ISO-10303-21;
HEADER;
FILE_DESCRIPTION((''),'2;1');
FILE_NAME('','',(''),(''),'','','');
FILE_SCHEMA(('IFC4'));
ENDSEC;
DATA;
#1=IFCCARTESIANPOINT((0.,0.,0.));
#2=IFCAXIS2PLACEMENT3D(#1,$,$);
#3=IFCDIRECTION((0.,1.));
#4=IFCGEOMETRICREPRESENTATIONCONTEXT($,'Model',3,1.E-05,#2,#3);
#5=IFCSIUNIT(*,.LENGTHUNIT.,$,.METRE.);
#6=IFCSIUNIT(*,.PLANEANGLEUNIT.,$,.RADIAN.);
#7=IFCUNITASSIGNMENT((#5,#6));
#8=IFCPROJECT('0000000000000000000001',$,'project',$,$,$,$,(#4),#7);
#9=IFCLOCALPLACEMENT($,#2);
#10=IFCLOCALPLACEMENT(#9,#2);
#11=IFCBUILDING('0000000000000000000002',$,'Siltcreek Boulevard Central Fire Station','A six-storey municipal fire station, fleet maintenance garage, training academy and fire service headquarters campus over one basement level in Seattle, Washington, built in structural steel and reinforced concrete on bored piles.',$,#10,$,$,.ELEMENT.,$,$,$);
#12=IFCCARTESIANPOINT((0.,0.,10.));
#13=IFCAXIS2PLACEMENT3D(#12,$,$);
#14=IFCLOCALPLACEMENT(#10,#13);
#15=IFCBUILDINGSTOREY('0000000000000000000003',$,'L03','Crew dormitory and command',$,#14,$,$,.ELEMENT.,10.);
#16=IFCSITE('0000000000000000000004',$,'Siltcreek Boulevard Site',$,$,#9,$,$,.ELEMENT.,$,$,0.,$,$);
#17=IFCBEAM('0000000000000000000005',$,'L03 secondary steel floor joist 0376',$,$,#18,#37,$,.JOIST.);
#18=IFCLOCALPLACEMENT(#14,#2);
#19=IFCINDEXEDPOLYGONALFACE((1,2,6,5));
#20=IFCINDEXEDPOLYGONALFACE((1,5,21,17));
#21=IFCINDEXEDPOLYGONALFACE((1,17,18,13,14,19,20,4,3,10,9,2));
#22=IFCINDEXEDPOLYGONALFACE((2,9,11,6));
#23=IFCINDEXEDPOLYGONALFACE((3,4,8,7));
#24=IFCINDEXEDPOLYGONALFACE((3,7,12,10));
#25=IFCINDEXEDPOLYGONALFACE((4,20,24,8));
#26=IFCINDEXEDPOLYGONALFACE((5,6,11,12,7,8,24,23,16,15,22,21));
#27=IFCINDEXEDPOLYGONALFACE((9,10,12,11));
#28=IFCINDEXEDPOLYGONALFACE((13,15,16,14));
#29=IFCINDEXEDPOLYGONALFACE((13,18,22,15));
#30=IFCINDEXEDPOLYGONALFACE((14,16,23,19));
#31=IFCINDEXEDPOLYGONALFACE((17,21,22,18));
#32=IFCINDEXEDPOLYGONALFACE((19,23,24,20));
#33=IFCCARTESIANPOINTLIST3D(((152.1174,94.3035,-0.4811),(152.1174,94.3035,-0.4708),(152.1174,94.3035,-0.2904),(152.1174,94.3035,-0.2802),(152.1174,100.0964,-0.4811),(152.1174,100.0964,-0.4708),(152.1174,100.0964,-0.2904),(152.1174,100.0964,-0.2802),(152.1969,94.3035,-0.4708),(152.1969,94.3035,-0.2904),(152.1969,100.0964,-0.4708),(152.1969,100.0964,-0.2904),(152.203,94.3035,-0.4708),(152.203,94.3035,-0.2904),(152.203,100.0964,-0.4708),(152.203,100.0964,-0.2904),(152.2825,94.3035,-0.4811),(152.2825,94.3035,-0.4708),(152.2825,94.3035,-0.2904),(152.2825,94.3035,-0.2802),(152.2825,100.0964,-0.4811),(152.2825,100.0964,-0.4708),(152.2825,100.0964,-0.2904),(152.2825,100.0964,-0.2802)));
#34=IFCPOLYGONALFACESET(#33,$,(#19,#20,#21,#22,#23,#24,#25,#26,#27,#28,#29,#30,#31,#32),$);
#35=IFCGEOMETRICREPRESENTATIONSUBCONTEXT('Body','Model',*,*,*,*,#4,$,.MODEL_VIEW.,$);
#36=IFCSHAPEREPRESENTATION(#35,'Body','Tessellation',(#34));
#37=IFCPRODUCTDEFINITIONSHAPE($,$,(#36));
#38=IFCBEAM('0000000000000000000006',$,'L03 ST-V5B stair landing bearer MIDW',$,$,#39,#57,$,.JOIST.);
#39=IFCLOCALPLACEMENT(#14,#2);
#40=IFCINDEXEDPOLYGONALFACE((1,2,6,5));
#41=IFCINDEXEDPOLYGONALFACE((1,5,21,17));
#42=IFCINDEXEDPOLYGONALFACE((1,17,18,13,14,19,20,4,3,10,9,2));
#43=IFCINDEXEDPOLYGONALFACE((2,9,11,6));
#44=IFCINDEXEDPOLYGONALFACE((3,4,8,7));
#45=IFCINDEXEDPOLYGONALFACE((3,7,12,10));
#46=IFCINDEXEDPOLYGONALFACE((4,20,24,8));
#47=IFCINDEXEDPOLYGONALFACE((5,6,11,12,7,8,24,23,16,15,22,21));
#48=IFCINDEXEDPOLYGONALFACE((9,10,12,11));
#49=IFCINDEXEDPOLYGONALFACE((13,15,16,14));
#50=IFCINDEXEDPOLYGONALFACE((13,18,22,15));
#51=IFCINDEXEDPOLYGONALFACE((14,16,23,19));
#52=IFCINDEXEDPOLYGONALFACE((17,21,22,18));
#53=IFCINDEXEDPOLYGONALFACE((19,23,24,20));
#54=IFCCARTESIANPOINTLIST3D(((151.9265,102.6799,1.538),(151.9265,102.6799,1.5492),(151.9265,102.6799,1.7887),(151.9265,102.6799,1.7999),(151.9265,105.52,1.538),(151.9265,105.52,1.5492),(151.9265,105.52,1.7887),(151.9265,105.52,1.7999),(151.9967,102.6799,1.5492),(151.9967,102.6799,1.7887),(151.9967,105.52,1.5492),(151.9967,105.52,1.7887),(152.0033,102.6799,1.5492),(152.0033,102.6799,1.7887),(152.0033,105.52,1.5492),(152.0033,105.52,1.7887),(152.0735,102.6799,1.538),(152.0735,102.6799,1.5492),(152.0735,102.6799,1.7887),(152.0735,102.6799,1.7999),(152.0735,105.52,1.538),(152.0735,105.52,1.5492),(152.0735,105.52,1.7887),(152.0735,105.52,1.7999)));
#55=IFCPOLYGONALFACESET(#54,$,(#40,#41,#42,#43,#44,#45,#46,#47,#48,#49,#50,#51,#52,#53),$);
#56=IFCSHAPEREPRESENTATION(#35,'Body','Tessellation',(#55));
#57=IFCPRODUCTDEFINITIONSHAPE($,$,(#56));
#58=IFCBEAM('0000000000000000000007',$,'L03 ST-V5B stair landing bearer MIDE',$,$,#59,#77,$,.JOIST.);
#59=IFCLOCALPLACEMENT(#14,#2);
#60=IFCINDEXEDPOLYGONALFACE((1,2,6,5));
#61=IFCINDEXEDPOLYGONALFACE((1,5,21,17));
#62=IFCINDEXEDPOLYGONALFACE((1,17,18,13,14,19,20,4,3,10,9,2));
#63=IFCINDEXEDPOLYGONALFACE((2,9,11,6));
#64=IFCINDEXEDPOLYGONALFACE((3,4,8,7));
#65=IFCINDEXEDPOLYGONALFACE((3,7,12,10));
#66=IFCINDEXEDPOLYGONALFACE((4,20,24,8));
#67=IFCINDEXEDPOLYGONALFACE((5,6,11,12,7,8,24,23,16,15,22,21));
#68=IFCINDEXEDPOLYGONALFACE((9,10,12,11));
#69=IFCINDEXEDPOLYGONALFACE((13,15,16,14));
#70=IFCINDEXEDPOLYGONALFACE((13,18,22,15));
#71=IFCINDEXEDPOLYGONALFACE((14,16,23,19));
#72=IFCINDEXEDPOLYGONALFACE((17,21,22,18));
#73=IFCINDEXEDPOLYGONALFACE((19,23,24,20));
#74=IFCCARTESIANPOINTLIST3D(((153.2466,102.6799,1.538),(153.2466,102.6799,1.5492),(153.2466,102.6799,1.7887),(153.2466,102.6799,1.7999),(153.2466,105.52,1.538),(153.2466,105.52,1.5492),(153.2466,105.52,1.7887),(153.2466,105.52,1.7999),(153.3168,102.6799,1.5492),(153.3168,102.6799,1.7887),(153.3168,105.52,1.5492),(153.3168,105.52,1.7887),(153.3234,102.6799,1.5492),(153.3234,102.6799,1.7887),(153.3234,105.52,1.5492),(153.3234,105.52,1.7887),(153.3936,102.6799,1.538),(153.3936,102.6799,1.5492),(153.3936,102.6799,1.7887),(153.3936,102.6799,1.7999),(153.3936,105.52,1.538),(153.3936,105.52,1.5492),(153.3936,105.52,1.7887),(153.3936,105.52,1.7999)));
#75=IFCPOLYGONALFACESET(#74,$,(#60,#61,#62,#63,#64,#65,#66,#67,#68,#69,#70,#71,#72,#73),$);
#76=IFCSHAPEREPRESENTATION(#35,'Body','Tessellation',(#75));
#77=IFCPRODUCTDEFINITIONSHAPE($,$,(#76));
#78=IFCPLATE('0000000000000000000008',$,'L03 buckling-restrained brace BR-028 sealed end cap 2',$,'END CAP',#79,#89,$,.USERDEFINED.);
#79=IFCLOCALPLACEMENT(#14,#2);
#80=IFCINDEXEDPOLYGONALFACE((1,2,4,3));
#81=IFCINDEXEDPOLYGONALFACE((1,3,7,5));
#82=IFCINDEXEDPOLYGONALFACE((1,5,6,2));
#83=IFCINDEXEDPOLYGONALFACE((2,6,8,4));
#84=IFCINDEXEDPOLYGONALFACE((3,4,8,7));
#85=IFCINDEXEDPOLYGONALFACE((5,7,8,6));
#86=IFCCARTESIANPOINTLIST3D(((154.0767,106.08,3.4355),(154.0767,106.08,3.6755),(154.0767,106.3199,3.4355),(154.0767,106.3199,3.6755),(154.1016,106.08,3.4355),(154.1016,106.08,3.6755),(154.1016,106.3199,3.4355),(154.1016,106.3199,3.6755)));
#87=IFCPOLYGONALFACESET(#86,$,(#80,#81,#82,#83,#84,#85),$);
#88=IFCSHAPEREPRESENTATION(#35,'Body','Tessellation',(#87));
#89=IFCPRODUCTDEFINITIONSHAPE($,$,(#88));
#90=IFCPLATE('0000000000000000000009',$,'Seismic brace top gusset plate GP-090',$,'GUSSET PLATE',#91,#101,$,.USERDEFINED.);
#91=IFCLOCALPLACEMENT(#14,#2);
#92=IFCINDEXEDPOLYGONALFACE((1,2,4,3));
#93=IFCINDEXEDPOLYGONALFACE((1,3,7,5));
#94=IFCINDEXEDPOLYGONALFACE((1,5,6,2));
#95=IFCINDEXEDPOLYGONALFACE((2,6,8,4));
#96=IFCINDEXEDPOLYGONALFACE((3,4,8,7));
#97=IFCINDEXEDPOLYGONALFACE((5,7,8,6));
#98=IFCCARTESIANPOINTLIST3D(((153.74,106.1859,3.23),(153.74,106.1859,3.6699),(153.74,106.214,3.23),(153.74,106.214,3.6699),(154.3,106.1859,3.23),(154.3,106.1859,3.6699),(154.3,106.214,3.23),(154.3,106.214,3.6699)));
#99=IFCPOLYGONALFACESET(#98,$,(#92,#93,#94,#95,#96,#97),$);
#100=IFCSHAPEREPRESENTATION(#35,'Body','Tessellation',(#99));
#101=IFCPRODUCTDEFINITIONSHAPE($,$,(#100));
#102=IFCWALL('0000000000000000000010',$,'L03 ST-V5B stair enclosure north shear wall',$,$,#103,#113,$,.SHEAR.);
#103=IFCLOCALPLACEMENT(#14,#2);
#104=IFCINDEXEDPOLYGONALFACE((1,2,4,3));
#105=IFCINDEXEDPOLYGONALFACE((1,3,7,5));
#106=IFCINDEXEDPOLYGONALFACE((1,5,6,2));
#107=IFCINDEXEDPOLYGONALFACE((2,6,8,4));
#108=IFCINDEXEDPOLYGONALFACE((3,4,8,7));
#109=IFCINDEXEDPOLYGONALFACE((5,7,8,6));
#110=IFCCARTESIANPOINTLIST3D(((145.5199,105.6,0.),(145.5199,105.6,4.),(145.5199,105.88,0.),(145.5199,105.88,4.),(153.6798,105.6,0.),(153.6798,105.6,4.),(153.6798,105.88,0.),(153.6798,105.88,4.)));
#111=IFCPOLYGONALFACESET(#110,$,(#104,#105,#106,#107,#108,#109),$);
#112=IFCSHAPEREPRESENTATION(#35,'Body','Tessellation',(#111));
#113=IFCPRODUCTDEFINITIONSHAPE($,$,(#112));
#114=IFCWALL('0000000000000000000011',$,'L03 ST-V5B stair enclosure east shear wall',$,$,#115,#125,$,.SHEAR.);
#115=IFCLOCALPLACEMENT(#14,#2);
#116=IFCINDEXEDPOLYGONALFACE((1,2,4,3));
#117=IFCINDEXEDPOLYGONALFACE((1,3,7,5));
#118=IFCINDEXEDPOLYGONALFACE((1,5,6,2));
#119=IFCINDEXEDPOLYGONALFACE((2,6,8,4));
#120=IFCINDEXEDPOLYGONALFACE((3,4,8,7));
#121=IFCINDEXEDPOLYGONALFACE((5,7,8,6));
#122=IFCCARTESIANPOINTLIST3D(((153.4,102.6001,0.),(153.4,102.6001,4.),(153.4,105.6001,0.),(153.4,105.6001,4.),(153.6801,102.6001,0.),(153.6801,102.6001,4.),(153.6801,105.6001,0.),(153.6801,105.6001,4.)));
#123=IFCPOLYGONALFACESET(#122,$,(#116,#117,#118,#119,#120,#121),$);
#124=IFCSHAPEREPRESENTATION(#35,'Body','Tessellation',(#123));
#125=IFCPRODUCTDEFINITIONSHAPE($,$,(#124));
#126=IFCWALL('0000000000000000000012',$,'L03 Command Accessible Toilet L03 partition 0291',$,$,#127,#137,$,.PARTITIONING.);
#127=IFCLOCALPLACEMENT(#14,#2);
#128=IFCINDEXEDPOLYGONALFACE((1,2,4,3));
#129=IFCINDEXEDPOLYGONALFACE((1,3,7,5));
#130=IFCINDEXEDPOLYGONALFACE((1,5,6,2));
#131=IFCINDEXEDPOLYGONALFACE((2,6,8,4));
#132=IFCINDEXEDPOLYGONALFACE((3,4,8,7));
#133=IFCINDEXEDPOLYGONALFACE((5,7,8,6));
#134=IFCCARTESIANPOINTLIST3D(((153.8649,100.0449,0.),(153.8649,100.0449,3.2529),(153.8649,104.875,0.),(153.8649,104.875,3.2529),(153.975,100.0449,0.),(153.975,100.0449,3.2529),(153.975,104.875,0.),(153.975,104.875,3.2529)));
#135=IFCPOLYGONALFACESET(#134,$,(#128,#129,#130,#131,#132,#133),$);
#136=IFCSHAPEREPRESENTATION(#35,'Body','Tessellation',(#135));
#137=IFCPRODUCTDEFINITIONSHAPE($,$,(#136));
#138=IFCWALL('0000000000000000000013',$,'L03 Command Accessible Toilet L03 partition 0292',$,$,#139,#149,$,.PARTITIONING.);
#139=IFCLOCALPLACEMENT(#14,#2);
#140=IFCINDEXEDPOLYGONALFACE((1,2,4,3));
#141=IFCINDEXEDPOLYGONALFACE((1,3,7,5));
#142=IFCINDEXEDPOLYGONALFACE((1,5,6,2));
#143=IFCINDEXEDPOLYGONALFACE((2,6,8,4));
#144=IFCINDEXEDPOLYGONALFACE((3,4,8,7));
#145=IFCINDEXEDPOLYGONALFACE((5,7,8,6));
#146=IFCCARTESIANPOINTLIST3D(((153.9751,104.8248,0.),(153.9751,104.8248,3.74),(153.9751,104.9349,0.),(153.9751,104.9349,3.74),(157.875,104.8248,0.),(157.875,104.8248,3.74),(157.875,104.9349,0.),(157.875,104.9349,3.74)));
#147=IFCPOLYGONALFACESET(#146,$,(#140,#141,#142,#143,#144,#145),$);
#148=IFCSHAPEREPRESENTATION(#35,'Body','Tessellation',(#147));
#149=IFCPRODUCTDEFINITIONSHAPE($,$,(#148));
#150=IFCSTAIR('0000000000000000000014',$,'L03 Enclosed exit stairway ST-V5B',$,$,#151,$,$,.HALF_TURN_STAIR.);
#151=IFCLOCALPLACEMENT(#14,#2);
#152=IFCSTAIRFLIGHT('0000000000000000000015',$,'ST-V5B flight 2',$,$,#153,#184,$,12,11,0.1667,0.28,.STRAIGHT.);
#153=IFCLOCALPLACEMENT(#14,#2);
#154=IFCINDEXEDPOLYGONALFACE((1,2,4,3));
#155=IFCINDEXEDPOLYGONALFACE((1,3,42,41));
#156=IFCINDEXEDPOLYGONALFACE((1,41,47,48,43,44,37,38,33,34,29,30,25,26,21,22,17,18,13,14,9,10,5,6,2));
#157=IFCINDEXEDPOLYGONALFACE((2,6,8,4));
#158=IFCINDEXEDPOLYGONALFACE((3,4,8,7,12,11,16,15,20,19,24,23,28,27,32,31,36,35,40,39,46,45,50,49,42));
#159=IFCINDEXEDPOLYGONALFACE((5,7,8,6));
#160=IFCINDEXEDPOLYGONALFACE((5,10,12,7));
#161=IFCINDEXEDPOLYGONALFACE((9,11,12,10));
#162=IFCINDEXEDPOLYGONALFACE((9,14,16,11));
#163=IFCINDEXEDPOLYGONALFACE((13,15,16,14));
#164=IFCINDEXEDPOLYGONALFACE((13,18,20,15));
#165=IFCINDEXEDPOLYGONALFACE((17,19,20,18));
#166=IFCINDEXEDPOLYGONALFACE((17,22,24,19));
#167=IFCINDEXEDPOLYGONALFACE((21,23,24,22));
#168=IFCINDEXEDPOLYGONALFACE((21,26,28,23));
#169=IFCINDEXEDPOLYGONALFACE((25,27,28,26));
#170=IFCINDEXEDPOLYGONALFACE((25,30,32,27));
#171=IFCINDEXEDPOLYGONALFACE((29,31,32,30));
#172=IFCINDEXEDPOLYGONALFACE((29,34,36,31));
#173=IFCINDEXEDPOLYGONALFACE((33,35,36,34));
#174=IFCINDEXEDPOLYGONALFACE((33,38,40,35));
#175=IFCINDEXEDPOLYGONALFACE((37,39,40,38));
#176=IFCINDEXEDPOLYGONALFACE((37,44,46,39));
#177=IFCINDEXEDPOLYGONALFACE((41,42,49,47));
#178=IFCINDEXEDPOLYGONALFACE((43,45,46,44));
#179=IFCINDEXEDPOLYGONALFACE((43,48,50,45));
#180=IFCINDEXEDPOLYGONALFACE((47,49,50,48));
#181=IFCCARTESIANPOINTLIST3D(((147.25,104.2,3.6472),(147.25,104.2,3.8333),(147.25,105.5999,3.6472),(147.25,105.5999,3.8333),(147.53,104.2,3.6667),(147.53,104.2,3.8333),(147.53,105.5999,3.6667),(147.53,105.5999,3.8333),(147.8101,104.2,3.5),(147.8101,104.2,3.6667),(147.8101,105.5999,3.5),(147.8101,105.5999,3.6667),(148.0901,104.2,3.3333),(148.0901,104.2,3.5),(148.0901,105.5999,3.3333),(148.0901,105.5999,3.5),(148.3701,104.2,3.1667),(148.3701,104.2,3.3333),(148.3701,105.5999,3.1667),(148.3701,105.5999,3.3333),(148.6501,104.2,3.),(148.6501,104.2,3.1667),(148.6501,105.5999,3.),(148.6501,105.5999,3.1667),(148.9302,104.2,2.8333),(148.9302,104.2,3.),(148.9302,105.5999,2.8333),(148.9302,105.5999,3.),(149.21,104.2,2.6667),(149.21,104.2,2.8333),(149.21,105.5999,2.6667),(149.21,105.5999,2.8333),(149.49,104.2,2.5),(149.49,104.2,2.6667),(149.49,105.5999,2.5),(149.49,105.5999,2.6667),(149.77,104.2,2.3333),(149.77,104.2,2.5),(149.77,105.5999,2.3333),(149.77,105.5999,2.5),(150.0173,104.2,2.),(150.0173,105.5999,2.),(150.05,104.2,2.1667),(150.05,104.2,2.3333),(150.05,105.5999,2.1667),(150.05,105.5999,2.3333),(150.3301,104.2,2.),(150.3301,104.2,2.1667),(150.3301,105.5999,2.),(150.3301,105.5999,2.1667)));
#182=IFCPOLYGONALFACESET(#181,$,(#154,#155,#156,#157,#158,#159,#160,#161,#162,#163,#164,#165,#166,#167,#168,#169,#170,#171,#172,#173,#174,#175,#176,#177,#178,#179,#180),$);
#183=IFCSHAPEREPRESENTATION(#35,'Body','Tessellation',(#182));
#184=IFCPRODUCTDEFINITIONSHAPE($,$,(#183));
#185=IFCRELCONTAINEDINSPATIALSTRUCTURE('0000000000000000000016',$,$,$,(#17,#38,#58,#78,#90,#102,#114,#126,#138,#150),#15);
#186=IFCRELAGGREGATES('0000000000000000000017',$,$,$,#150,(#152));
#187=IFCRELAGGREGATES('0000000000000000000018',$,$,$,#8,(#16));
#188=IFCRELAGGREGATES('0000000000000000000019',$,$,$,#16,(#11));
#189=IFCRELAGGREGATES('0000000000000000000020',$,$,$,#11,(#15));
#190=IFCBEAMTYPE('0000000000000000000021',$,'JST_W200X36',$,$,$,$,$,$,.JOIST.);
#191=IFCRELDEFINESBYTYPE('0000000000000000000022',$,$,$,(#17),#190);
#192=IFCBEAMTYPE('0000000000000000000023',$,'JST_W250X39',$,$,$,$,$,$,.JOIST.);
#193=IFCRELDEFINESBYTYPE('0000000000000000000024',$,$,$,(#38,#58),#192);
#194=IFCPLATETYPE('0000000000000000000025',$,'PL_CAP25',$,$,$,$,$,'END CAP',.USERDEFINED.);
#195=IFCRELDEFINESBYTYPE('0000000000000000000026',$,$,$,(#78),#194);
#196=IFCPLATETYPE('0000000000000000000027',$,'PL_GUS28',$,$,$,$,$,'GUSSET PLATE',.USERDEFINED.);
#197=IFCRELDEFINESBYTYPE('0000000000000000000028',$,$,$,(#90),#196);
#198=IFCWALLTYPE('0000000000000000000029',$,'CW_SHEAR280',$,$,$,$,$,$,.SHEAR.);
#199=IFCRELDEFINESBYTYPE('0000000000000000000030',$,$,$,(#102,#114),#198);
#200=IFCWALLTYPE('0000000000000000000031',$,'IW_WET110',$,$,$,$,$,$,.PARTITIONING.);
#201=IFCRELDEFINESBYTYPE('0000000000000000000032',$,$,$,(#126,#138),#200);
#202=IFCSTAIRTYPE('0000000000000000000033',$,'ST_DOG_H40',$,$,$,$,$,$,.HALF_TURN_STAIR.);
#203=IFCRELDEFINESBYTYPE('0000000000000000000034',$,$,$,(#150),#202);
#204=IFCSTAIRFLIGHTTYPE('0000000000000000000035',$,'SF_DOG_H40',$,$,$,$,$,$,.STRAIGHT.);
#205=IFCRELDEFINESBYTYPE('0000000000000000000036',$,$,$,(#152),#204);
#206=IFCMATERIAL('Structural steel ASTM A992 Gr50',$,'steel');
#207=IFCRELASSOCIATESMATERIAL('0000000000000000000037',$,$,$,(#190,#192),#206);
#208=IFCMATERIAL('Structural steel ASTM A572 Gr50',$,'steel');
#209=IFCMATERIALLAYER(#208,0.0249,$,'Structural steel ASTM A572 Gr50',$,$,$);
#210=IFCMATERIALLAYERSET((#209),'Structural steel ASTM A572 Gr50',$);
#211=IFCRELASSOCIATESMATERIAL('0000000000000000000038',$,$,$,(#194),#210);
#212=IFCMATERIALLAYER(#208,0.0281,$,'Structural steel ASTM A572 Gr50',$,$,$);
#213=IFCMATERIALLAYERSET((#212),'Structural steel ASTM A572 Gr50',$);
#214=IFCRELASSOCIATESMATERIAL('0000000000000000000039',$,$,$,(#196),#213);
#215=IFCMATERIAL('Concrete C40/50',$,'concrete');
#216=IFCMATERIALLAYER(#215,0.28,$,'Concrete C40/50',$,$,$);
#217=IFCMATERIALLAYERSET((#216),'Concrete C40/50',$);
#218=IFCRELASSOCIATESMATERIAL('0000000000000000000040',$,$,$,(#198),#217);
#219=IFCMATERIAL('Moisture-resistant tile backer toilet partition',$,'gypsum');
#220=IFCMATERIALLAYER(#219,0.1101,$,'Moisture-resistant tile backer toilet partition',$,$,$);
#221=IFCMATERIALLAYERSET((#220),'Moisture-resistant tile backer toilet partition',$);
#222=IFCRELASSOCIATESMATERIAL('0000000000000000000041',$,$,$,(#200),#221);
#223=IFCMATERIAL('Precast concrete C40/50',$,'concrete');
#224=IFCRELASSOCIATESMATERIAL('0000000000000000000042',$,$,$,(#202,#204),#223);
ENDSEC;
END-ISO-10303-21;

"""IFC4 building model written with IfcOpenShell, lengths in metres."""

from ifc_helpers import new_model, si_unit, direction, frame, frame_2d, origin, origin_2d, place, context, subcontext, project, spatial, polyline, rectangle, i_section, outline, extrude, material, layer, layer_set, material_profile, profile_set, type_object, element, aggregate, save


model = new_model("IFC4")

# Units and contexts
model_context = context("Model", 3, precision=1e-05, world=origin(), true_north=direction((0.0, 1.0)))
body_context = subcontext(model_context, "Body", "Model", "MODEL_VIEW")
ifc_project = project(units=[si_unit("LENGTHUNIT", "METRE"), si_unit("PLANEANGLEUNIT", "RADIAN")], contexts=[model_context])

# Site, building, storey
site_placement = place(None, origin())
site = spatial("IfcSite", under=ifc_project, at=site_placement, Name="Siltcreek Boulevard Site", CompositionType="ELEMENT", RefElevation=0.0)
building_placement = place(site_placement, origin())
building = spatial("IfcBuilding", under=site, at=building_placement, Name="Siltcreek Boulevard Central Fire Station", Description="A six-storey municipal fire station, fleet maintenance garage, training academy and fire service headquarters campus over one basement level in Seattle, Washington, built in structural steel and reinforced concrete on bored piles.", CompositionType="ELEMENT")
storey_placement = place(building_placement, frame((0.0, 0.0, 10.0)))
storey = spatial("IfcBuildingStorey", under=building, at=storey_placement, Name="L03", Description="Crew dormitory and command", CompositionType="ELEMENT", Elevation=10.0)

# Shared definitions
ifc_material_1 = material(Name="Structural steel ASTM A992 Gr50", Category="steel")

# Beams
ifc_material_profile_1 = material_profile(ifc_material_1, i_section(OverallWidth=0.165, OverallDepth=0.2009, WebThickness=0.0061, FlangeThickness=0.0103, at=origin_2d()), Name="W200X36")
ifc_profile_set_1 = profile_set([ifc_material_profile_1], Name="Structural steel ASTM A992 Gr50")
beam_type_1 = type_object("IfcBeamType", Name="JST_W200X36", PredefinedType="JOIST", material=ifc_profile_set_1)
beam_1_placement = place(storey_placement, frame((152.2, 94.3035, -0.3806), z_axis=(0.0, 1.0, 0.0), x_axis=(-1.0, 0.0, 0.0)))
element("IfcBeam", 1, at=beam_1_placement, inside=storey, type_object=beam_type_1, Name="L03 secondary steel floor joist 0376", PredefinedType="JOIST", context=body_context, shape_type="SweptSolid", body=[
    extrude(i_section(OverallWidth=0.165, OverallDepth=0.2009, WebThickness=0.0061, FlangeThickness=0.0103, at=origin_2d()), origin(), (0.0, 0.0, 1.0), 5.793),
])
ifc_material_profile_2 = material_profile(ifc_material_1, i_section(OverallWidth=0.147, OverallDepth=0.262, WebThickness=0.0066, FlangeThickness=0.0112, at=origin_2d()), Name="W250X39")
ifc_profile_set_2 = profile_set([ifc_material_profile_2], Name="Structural steel ASTM A992 Gr50")
beam_type_2 = type_object("IfcBeamType", Name="JST_W250X39", PredefinedType="JOIST", material=ifc_profile_set_2)
for number, where, z_axis, x_axis, name in (
    (2, (152.0, 102.6799, 1.6689), (0.0, 1.0, 0.0), (-1.0, 0.0, 0.0), "L03 ST-V5B stair landing bearer MIDW"),
    (3, (153.3201, 102.6799, 1.6689), (0.0, 1.0, 0.0), (-1.0, 0.0, 0.0), "L03 ST-V5B stair landing bearer MIDE"),
):
    element("IfcBeam", number, at=place(storey_placement, frame(where, z_axis=z_axis, x_axis=x_axis)), inside=storey, type_object=beam_type_2, Name=name, PredefinedType="JOIST", context=body_context, shape_type="SweptSolid", body=[
        extrude(i_section(OverallWidth=0.147, OverallDepth=0.262, WebThickness=0.0066, FlangeThickness=0.0112, at=origin_2d()), origin(), (0.0, 0.0, 1.0), 2.8401),
    ])

# Plates
ifc_material_2 = material(Name="Structural steel ASTM A572 Gr50", Category="steel")
ifc_layer_1 = layer(ifc_material_2, 0.0249, Name="Structural steel ASTM A572 Gr50")
ifc_layer_set_1 = layer_set([ifc_layer_1], Name="Structural steel ASTM A572 Gr50")
plate_type_1 = type_object("IfcPlateType", Name="PL_CAP25", ElementType="END CAP", PredefinedType="USERDEFINED", material=ifc_layer_set_1)
plate_1_placement = place(storey_placement, frame((154.0891, 106.2, 3.4355), z_axis=(0.0, 0.0, 1.0), x_axis=(1.0, 0.0, 0.0)))
element("IfcPlate", 4, at=plate_1_placement, inside=storey, type_object=plate_type_1, Name="L03 buckling-restrained brace BR-028 sealed end cap 2", ObjectType="END CAP", PredefinedType="USERDEFINED", context=body_context, shape_type="SweptSolid", body=[
    extrude(rectangle(XDim=0.0249, YDim=0.24, at=origin_2d()), origin(), (0.0, 0.0, 1.0), 0.24),
])
ifc_layer_2 = layer(ifc_material_2, 0.0281, Name="Structural steel ASTM A572 Gr50")
ifc_layer_set_2 = layer_set([ifc_layer_2], Name="Structural steel ASTM A572 Gr50")
plate_type_2 = type_object("IfcPlateType", Name="PL_GUS28", ElementType="GUSSET PLATE", PredefinedType="USERDEFINED", material=ifc_layer_set_2)
plate_2_placement = place(storey_placement, frame((154.02, 106.2, 3.23), z_axis=(0.0, 0.0, 1.0), x_axis=(1.0, 0.0, 0.0)))
element("IfcPlate", 5, at=plate_2_placement, inside=storey, type_object=plate_type_2, Name="Seismic brace top gusset plate GP-090", ObjectType="GUSSET PLATE", PredefinedType="USERDEFINED", context=body_context, shape_type="SweptSolid", body=[
    extrude(rectangle(XDim=0.5601, YDim=0.0281, at=origin_2d()), origin(), (0.0, 0.0, 1.0), 0.4399),
])

# Walls
ifc_material_3 = material(Name="Concrete C40/50", Category="concrete")
ifc_layer_3 = layer(ifc_material_3, 0.28, Name="Concrete C40/50")
ifc_layer_set_3 = layer_set([ifc_layer_3], Name="Concrete C40/50")
wall_type_1 = type_object("IfcWallType", Name="CW_SHEAR280", PredefinedType="SHEAR", material=ifc_layer_set_3)
wall_1_placement = place(storey_placement, frame((153.6799, 105.74, 0.0), z_axis=(0.0, 0.0, 1.0), x_axis=(-1.0, 0.0, 0.0)))
element("IfcWall", 6, at=wall_1_placement, inside=storey, type_object=wall_type_1, Name="L03 ST-V5B stair enclosure north shear wall", PredefinedType="SHEAR", context=body_context, shape_type="SweptSolid", body=[
    extrude(rectangle(XDim=8.1599, YDim=0.28, at=frame_2d((4.0801, 0.0))), origin(), (0.0, 0.0, 1.0), 4.0),
])
wall_2_placement = place(storey_placement, frame((153.54, 102.6001, 0.0), z_axis=(0.0, 0.0, 1.0), x_axis=(0.0, 1.0, 0.0)))
element("IfcWall", 7, at=wall_2_placement, inside=storey, type_object=wall_type_1, Name="L03 ST-V5B stair enclosure east shear wall", PredefinedType="SHEAR", context=body_context, shape_type="SweptSolid", body=[
    extrude(rectangle(XDim=3.0, YDim=0.28, at=frame_2d((1.5, 0.0))), origin(), (0.0, 0.0, 1.0), 4.0),
])
ifc_material_4 = material(Name="Moisture-resistant tile backer toilet partition", Category="gypsum")
ifc_layer_4 = layer(ifc_material_4, 0.1101, Name="Moisture-resistant tile backer toilet partition")
ifc_layer_set_4 = layer_set([ifc_layer_4], Name="Moisture-resistant tile backer toilet partition")
wall_type_2 = type_object("IfcWallType", Name="IW_WET110", PredefinedType="PARTITIONING", material=ifc_layer_set_4)
wall_3_placement = place(storey_placement, frame((153.9199, 100.0449, 0.0), z_axis=(0.0, 0.0, 1.0), x_axis=(0.0, 1.0, 0.0)))
element("IfcWall", 8, at=wall_3_placement, inside=storey, type_object=wall_type_2, Name="L03 Command Accessible Toilet L03 partition 0291", PredefinedType="PARTITIONING", context=body_context, shape_type="SweptSolid", body=[
    extrude(rectangle(XDim=4.8301, YDim=0.1101, at=frame_2d((2.415, 0.0))), origin(), (0.0, 0.0, 1.0), 3.2529),
])
wall_4_placement = place(storey_placement, frame((153.9751, 104.8799, 0.0), z_axis=(0.0, 0.0, 1.0), x_axis=(1.0, 0.0, 0.0)))
element("IfcWall", 9, at=wall_4_placement, inside=storey, type_object=wall_type_2, Name="L03 Command Accessible Toilet L03 partition 0292", PredefinedType="PARTITIONING", context=body_context, shape_type="SweptSolid", body=[
    extrude(rectangle(XDim=3.8999, YDim=0.1101, at=frame_2d((1.95, 0.0))), origin(), (0.0, 0.0, 1.0), 3.74),
])

# Stair, stair flight
ifc_material_5 = material(Name="Precast concrete C40/50", Category="concrete")
stair_type = type_object("IfcStairType", Name="ST_DOG_H40", PredefinedType="HALF_TURN_STAIR", material=ifc_material_5)
stair_placement = place(storey_placement, origin())
stair = element("IfcStair", 10, at=stair_placement, inside=storey, type_object=stair_type, Name="L03 Enclosed exit stairway ST-V5B", PredefinedType="HALF_TURN_STAIR")
stair_flight_type = type_object("IfcStairFlightType", Name="SF_DOG_H40", PredefinedType="STRAIGHT", material=ifc_material_5)
stair_flight_placement = place(storey_placement, frame((150.3301, 104.8999, 2.0), z_axis=(0.0, 0.0, 1.0), x_axis=(-1.0, 0.0, 0.0)))
stair_flight = element("IfcStairFlight", 11, at=stair_flight_placement, type_object=stair_flight_type, Name="ST-V5B flight 2", NumberOfRisers=12, NumberOfTreads=11, PredefinedType="STRAIGHT", RiserHeight=0.1667, TreadLength=0.28, context=body_context, shape_type="SweptSolid", body=[
    extrude(outline(polyline([(0.0, 0.0), (0.0, 0.1667), (0.28, 0.1667), (0.28, 0.3333), (0.5601, 0.3333), (0.5601, 0.5), (0.8401, 0.5), (0.8401, 0.6667), (1.1201, 0.6667), (1.1201, 0.8333), (1.3999, 0.8333), (1.3999, 1.0), (1.6799, 1.0), (1.6799, 1.1667), (1.96, 1.1667), (1.96, 1.3333), (2.24, 1.3333), (2.24, 1.5), (2.52, 1.5), (2.52, 1.6667), (2.8, 1.6667), (2.8, 1.8333), (3.0801, 1.8333), (3.0801, 2.0), (3.0801, 1.6472), (0.3127, 0.0), (0.0, 0.0)])), frame((0.0, 0.7, 0.0), z_axis=(0.0, -1.0, 0.0), x_axis=(1.0, 0.0, 0.0)), (0.0, 0.0, 1.0), 1.3999),
])
aggregate(stair, [stair_flight])

save(model, "model.ifc")
